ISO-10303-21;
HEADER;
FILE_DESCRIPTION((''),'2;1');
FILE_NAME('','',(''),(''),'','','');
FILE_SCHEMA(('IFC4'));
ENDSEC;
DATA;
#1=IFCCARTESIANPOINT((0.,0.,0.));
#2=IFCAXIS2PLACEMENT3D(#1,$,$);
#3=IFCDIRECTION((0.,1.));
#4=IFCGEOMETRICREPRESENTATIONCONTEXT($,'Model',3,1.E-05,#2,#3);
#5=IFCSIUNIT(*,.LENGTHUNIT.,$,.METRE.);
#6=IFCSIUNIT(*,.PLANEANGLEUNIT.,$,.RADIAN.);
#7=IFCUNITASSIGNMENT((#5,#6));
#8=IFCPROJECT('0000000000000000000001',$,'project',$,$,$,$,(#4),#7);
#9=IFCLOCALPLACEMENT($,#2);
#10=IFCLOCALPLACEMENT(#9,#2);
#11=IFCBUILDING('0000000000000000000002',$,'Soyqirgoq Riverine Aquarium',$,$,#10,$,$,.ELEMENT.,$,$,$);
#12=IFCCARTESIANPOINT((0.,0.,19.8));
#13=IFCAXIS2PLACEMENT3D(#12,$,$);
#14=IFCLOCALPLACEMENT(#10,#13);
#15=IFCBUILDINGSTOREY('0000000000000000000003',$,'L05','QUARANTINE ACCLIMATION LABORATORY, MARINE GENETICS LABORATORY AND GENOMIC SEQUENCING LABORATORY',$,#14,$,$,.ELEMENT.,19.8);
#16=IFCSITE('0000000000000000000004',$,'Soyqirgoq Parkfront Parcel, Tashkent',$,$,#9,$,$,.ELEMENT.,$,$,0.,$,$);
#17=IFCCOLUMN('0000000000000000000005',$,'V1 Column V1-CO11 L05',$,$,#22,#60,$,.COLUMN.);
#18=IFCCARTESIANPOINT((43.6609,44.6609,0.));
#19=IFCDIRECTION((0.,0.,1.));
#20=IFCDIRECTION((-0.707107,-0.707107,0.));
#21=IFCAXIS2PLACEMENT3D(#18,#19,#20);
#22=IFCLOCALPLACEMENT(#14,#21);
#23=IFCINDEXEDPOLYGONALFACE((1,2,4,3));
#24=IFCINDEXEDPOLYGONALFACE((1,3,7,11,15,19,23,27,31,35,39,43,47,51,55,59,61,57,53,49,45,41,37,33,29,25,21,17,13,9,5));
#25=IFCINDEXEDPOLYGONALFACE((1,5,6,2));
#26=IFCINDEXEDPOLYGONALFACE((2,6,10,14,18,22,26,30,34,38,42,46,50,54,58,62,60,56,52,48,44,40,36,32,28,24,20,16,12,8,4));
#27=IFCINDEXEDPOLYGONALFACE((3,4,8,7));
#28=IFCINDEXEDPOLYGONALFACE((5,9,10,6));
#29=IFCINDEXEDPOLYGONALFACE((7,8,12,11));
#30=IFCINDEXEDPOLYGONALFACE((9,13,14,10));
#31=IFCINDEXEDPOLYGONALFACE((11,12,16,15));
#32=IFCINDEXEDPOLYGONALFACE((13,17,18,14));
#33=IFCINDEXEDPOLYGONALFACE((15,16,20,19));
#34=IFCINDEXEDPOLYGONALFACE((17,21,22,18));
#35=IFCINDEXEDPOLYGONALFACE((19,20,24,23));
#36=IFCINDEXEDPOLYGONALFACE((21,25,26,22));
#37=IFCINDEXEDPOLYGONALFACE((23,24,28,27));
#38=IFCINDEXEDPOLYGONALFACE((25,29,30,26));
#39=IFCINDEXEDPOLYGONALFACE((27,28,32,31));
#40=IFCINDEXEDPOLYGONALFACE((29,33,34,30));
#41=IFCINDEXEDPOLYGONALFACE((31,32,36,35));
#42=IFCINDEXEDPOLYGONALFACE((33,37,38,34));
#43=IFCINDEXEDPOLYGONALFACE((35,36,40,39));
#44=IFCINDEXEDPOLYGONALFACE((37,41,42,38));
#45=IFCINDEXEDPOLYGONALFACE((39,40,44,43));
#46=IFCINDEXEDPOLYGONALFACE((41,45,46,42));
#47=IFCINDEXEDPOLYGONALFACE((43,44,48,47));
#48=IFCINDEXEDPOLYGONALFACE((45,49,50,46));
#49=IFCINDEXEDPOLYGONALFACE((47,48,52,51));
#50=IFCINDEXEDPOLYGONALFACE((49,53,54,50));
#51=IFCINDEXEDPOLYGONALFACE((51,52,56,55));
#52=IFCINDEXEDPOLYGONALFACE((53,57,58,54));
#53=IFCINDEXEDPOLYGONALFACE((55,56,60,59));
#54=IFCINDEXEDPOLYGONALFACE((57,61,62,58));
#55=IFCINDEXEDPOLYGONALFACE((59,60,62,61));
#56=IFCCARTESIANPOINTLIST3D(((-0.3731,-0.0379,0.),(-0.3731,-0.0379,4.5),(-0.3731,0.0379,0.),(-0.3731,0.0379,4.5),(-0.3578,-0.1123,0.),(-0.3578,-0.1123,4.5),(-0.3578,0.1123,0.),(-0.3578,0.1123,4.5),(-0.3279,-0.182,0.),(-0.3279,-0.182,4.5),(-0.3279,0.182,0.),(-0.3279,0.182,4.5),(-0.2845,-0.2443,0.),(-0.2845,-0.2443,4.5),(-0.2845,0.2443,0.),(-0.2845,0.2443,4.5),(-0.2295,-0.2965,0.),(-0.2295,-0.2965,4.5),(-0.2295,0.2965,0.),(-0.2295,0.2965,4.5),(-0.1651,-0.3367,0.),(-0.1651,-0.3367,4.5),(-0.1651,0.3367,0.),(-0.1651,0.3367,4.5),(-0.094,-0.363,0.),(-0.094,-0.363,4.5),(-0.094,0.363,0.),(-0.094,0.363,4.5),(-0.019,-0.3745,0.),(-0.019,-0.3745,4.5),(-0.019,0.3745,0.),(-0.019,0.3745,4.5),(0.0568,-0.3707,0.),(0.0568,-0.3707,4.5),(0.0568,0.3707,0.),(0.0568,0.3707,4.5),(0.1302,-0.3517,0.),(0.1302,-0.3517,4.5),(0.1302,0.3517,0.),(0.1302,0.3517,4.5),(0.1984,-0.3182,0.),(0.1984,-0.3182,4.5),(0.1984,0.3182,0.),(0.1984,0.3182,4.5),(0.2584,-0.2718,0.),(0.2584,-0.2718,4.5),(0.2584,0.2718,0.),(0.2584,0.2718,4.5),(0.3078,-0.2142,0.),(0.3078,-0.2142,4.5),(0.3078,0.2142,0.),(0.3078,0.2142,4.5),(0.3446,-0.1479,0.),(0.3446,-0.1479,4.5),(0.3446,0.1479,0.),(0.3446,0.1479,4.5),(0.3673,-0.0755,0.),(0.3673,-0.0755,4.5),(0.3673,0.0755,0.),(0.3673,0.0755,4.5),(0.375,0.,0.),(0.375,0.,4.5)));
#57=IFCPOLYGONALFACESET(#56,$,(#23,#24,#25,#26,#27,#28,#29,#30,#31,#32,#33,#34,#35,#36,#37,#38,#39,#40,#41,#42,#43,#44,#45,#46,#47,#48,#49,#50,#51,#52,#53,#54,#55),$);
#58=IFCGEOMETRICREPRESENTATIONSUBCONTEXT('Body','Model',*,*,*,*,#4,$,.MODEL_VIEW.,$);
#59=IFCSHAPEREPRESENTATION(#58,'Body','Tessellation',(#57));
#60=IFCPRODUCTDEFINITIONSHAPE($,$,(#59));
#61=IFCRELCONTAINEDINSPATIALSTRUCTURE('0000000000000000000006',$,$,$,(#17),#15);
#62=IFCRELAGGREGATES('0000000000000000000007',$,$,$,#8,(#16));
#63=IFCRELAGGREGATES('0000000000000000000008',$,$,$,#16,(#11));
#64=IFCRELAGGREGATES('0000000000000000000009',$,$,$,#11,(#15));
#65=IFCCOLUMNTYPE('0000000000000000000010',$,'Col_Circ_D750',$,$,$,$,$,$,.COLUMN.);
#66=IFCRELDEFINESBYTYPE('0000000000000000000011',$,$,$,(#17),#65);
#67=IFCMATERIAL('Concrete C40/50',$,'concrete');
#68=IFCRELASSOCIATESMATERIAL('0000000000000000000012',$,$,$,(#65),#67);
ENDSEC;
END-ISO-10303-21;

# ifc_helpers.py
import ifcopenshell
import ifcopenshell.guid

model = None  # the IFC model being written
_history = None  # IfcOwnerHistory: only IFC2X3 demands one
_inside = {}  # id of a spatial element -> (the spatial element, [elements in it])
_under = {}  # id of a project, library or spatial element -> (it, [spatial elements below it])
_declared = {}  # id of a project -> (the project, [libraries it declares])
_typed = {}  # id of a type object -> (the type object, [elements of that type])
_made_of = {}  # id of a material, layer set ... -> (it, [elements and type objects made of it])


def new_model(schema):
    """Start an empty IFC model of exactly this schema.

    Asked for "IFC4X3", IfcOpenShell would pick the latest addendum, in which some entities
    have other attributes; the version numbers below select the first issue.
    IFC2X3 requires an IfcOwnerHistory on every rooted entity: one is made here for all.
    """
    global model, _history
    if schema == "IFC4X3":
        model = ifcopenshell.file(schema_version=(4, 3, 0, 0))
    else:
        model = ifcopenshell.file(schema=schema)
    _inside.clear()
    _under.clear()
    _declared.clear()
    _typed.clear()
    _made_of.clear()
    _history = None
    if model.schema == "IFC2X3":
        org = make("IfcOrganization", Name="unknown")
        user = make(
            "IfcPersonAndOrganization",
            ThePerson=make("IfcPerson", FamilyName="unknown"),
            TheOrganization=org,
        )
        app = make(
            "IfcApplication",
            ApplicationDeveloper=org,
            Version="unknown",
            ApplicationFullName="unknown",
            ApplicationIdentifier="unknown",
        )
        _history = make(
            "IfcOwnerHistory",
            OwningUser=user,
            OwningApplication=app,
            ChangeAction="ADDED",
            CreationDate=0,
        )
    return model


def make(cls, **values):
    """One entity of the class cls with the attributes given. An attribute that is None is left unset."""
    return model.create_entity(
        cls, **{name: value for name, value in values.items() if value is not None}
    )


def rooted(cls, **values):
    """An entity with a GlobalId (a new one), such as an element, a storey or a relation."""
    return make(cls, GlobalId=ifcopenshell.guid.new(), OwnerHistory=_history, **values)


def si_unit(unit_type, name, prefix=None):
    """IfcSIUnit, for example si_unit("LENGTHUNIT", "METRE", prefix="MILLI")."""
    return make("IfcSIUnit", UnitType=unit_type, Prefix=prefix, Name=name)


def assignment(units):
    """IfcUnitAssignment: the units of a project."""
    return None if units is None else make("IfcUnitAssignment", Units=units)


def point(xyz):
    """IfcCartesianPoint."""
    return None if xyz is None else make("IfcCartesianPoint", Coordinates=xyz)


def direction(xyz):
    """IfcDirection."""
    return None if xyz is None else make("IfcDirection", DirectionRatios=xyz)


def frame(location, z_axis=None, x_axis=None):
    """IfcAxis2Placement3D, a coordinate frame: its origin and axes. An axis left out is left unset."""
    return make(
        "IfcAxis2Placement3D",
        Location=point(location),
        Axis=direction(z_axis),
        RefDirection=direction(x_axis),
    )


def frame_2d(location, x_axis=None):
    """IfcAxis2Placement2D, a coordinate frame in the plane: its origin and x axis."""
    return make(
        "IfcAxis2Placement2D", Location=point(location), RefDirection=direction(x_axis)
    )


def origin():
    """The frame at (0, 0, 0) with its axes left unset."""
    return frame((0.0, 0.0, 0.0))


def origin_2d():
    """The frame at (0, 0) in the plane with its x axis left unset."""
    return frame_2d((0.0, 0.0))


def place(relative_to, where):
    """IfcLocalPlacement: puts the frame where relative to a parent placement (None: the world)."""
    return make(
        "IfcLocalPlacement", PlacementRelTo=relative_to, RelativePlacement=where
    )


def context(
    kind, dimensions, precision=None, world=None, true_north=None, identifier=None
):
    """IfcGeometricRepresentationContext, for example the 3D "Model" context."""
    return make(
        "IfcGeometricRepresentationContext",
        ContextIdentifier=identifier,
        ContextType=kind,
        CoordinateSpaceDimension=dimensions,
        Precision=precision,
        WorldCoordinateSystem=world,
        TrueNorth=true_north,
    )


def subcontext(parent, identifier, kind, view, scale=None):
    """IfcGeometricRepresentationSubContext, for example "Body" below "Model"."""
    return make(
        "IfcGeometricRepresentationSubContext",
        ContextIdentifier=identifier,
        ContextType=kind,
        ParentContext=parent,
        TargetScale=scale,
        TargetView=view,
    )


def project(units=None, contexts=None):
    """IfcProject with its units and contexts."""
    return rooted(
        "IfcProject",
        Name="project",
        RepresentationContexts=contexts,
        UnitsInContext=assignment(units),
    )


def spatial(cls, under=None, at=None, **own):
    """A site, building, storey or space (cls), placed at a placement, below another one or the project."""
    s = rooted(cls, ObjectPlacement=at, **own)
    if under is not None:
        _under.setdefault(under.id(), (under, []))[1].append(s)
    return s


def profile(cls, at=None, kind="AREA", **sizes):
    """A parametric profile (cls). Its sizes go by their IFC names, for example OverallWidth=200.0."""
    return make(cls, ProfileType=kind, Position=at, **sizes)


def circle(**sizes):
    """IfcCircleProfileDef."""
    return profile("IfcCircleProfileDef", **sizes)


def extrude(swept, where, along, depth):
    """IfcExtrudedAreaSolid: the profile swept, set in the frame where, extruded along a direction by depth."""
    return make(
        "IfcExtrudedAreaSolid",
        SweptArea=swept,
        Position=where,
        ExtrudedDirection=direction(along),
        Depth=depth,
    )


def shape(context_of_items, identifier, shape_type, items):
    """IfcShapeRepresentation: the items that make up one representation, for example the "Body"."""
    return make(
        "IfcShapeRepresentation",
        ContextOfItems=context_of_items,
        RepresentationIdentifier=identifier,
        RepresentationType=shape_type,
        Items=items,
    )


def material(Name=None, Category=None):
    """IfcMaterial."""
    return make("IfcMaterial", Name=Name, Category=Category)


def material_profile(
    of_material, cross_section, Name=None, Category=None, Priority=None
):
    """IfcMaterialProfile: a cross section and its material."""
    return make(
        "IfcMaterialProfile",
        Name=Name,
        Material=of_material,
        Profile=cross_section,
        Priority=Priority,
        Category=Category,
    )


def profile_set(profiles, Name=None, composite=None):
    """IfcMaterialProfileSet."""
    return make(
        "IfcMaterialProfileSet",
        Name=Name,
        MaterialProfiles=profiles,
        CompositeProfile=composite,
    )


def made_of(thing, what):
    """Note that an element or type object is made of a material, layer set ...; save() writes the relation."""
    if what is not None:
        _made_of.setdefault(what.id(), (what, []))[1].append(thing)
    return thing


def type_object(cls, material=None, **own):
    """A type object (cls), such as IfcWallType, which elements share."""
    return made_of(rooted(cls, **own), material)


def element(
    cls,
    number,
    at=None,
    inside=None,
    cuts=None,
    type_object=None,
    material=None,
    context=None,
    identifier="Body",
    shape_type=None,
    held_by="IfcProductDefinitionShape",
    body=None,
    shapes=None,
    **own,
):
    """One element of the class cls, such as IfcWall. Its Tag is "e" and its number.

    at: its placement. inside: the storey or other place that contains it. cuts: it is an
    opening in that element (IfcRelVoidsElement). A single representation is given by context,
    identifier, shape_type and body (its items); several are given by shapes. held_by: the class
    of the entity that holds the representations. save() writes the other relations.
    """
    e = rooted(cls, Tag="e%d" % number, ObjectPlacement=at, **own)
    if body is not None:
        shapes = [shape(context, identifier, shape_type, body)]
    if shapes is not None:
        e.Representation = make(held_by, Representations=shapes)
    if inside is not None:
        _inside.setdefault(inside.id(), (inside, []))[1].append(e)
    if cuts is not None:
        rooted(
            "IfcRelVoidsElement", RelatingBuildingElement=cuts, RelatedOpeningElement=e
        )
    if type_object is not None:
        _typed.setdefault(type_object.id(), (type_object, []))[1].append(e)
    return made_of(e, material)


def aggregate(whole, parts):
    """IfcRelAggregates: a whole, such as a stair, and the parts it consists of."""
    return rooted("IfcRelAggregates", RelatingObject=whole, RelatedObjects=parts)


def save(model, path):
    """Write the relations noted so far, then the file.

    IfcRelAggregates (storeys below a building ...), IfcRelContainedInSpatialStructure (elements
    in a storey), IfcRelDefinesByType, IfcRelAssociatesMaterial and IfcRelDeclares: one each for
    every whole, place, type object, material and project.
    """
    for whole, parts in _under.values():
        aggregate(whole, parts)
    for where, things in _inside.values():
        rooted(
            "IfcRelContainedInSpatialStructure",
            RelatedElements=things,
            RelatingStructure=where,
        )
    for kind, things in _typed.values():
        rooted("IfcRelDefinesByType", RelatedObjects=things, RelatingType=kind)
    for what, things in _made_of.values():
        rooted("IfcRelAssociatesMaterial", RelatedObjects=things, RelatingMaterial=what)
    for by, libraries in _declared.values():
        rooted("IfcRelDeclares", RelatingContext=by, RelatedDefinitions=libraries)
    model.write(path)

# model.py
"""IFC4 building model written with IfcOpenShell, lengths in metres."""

from ifc_helpers import new_model, si_unit, direction, frame, origin, origin_2d, place, context, subcontext, project, spatial, circle, extrude, material, material_profile, profile_set, type_object, element, save


model = new_model("IFC4")

# Units and contexts
model_context = context("Model", 3, precision=1e-05, world=origin(), true_north=direction((0.0, 1.0)))
body_context = subcontext(model_context, "Body", "Model", "MODEL_VIEW")
ifc_project = project(units=[si_unit("LENGTHUNIT", "METRE"), si_unit("PLANEANGLEUNIT", "RADIAN")], contexts=[model_context])

# Site, building, storey
site_placement = place(None, origin())
site = spatial("IfcSite", under=ifc_project, at=site_placement, Name="Soyqirgoq Parkfront Parcel, Tashkent", CompositionType="ELEMENT", RefElevation=0.0)
building_placement = place(site_placement, origin())
building = spatial("IfcBuilding", under=site, at=building_placement, Name="Soyqirgoq Riverine Aquarium", CompositionType="ELEMENT")
storey_placement = place(building_placement, frame((0.0, 0.0, 19.8)))
storey = spatial("IfcBuildingStorey", under=building, at=storey_placement, Name="L05", Description="QUARANTINE ACCLIMATION LABORATORY, MARINE GENETICS LABORATORY AND GENOMIC SEQUENCING LABORATORY", CompositionType="ELEMENT", Elevation=19.8)

# Column
ifc_material_1 = material(Name="Concrete C40/50", Category="concrete")
ifc_material_profile_1 = material_profile(ifc_material_1, circle(Radius=0.375, at=origin_2d()), Name="RC-COL D750")
ifc_profile_set_1 = profile_set([ifc_material_profile_1], Name="Concrete C40/50")
column_type = type_object("IfcColumnType", Name="Col_Circ_D750", PredefinedType="COLUMN", material=ifc_profile_set_1)
column_placement = place(storey_placement, frame((43.6609, 44.6609, 0.0), z_axis=(0.0, 0.0, 1.0), x_axis=(-0.707107, -0.707107, 0.0)))
element("IfcColumn", 1, at=column_placement, inside=storey, type_object=column_type, Name="V1 Column V1-CO11 L05", PredefinedType="COLUMN", context=body_context, shape_type="SweptSolid", body=[
    extrude(circle(Radius=0.375, at=origin_2d()), origin(), (0.0, 0.0, 1.0), 4.5),
])

save(model, "model.ifc")
